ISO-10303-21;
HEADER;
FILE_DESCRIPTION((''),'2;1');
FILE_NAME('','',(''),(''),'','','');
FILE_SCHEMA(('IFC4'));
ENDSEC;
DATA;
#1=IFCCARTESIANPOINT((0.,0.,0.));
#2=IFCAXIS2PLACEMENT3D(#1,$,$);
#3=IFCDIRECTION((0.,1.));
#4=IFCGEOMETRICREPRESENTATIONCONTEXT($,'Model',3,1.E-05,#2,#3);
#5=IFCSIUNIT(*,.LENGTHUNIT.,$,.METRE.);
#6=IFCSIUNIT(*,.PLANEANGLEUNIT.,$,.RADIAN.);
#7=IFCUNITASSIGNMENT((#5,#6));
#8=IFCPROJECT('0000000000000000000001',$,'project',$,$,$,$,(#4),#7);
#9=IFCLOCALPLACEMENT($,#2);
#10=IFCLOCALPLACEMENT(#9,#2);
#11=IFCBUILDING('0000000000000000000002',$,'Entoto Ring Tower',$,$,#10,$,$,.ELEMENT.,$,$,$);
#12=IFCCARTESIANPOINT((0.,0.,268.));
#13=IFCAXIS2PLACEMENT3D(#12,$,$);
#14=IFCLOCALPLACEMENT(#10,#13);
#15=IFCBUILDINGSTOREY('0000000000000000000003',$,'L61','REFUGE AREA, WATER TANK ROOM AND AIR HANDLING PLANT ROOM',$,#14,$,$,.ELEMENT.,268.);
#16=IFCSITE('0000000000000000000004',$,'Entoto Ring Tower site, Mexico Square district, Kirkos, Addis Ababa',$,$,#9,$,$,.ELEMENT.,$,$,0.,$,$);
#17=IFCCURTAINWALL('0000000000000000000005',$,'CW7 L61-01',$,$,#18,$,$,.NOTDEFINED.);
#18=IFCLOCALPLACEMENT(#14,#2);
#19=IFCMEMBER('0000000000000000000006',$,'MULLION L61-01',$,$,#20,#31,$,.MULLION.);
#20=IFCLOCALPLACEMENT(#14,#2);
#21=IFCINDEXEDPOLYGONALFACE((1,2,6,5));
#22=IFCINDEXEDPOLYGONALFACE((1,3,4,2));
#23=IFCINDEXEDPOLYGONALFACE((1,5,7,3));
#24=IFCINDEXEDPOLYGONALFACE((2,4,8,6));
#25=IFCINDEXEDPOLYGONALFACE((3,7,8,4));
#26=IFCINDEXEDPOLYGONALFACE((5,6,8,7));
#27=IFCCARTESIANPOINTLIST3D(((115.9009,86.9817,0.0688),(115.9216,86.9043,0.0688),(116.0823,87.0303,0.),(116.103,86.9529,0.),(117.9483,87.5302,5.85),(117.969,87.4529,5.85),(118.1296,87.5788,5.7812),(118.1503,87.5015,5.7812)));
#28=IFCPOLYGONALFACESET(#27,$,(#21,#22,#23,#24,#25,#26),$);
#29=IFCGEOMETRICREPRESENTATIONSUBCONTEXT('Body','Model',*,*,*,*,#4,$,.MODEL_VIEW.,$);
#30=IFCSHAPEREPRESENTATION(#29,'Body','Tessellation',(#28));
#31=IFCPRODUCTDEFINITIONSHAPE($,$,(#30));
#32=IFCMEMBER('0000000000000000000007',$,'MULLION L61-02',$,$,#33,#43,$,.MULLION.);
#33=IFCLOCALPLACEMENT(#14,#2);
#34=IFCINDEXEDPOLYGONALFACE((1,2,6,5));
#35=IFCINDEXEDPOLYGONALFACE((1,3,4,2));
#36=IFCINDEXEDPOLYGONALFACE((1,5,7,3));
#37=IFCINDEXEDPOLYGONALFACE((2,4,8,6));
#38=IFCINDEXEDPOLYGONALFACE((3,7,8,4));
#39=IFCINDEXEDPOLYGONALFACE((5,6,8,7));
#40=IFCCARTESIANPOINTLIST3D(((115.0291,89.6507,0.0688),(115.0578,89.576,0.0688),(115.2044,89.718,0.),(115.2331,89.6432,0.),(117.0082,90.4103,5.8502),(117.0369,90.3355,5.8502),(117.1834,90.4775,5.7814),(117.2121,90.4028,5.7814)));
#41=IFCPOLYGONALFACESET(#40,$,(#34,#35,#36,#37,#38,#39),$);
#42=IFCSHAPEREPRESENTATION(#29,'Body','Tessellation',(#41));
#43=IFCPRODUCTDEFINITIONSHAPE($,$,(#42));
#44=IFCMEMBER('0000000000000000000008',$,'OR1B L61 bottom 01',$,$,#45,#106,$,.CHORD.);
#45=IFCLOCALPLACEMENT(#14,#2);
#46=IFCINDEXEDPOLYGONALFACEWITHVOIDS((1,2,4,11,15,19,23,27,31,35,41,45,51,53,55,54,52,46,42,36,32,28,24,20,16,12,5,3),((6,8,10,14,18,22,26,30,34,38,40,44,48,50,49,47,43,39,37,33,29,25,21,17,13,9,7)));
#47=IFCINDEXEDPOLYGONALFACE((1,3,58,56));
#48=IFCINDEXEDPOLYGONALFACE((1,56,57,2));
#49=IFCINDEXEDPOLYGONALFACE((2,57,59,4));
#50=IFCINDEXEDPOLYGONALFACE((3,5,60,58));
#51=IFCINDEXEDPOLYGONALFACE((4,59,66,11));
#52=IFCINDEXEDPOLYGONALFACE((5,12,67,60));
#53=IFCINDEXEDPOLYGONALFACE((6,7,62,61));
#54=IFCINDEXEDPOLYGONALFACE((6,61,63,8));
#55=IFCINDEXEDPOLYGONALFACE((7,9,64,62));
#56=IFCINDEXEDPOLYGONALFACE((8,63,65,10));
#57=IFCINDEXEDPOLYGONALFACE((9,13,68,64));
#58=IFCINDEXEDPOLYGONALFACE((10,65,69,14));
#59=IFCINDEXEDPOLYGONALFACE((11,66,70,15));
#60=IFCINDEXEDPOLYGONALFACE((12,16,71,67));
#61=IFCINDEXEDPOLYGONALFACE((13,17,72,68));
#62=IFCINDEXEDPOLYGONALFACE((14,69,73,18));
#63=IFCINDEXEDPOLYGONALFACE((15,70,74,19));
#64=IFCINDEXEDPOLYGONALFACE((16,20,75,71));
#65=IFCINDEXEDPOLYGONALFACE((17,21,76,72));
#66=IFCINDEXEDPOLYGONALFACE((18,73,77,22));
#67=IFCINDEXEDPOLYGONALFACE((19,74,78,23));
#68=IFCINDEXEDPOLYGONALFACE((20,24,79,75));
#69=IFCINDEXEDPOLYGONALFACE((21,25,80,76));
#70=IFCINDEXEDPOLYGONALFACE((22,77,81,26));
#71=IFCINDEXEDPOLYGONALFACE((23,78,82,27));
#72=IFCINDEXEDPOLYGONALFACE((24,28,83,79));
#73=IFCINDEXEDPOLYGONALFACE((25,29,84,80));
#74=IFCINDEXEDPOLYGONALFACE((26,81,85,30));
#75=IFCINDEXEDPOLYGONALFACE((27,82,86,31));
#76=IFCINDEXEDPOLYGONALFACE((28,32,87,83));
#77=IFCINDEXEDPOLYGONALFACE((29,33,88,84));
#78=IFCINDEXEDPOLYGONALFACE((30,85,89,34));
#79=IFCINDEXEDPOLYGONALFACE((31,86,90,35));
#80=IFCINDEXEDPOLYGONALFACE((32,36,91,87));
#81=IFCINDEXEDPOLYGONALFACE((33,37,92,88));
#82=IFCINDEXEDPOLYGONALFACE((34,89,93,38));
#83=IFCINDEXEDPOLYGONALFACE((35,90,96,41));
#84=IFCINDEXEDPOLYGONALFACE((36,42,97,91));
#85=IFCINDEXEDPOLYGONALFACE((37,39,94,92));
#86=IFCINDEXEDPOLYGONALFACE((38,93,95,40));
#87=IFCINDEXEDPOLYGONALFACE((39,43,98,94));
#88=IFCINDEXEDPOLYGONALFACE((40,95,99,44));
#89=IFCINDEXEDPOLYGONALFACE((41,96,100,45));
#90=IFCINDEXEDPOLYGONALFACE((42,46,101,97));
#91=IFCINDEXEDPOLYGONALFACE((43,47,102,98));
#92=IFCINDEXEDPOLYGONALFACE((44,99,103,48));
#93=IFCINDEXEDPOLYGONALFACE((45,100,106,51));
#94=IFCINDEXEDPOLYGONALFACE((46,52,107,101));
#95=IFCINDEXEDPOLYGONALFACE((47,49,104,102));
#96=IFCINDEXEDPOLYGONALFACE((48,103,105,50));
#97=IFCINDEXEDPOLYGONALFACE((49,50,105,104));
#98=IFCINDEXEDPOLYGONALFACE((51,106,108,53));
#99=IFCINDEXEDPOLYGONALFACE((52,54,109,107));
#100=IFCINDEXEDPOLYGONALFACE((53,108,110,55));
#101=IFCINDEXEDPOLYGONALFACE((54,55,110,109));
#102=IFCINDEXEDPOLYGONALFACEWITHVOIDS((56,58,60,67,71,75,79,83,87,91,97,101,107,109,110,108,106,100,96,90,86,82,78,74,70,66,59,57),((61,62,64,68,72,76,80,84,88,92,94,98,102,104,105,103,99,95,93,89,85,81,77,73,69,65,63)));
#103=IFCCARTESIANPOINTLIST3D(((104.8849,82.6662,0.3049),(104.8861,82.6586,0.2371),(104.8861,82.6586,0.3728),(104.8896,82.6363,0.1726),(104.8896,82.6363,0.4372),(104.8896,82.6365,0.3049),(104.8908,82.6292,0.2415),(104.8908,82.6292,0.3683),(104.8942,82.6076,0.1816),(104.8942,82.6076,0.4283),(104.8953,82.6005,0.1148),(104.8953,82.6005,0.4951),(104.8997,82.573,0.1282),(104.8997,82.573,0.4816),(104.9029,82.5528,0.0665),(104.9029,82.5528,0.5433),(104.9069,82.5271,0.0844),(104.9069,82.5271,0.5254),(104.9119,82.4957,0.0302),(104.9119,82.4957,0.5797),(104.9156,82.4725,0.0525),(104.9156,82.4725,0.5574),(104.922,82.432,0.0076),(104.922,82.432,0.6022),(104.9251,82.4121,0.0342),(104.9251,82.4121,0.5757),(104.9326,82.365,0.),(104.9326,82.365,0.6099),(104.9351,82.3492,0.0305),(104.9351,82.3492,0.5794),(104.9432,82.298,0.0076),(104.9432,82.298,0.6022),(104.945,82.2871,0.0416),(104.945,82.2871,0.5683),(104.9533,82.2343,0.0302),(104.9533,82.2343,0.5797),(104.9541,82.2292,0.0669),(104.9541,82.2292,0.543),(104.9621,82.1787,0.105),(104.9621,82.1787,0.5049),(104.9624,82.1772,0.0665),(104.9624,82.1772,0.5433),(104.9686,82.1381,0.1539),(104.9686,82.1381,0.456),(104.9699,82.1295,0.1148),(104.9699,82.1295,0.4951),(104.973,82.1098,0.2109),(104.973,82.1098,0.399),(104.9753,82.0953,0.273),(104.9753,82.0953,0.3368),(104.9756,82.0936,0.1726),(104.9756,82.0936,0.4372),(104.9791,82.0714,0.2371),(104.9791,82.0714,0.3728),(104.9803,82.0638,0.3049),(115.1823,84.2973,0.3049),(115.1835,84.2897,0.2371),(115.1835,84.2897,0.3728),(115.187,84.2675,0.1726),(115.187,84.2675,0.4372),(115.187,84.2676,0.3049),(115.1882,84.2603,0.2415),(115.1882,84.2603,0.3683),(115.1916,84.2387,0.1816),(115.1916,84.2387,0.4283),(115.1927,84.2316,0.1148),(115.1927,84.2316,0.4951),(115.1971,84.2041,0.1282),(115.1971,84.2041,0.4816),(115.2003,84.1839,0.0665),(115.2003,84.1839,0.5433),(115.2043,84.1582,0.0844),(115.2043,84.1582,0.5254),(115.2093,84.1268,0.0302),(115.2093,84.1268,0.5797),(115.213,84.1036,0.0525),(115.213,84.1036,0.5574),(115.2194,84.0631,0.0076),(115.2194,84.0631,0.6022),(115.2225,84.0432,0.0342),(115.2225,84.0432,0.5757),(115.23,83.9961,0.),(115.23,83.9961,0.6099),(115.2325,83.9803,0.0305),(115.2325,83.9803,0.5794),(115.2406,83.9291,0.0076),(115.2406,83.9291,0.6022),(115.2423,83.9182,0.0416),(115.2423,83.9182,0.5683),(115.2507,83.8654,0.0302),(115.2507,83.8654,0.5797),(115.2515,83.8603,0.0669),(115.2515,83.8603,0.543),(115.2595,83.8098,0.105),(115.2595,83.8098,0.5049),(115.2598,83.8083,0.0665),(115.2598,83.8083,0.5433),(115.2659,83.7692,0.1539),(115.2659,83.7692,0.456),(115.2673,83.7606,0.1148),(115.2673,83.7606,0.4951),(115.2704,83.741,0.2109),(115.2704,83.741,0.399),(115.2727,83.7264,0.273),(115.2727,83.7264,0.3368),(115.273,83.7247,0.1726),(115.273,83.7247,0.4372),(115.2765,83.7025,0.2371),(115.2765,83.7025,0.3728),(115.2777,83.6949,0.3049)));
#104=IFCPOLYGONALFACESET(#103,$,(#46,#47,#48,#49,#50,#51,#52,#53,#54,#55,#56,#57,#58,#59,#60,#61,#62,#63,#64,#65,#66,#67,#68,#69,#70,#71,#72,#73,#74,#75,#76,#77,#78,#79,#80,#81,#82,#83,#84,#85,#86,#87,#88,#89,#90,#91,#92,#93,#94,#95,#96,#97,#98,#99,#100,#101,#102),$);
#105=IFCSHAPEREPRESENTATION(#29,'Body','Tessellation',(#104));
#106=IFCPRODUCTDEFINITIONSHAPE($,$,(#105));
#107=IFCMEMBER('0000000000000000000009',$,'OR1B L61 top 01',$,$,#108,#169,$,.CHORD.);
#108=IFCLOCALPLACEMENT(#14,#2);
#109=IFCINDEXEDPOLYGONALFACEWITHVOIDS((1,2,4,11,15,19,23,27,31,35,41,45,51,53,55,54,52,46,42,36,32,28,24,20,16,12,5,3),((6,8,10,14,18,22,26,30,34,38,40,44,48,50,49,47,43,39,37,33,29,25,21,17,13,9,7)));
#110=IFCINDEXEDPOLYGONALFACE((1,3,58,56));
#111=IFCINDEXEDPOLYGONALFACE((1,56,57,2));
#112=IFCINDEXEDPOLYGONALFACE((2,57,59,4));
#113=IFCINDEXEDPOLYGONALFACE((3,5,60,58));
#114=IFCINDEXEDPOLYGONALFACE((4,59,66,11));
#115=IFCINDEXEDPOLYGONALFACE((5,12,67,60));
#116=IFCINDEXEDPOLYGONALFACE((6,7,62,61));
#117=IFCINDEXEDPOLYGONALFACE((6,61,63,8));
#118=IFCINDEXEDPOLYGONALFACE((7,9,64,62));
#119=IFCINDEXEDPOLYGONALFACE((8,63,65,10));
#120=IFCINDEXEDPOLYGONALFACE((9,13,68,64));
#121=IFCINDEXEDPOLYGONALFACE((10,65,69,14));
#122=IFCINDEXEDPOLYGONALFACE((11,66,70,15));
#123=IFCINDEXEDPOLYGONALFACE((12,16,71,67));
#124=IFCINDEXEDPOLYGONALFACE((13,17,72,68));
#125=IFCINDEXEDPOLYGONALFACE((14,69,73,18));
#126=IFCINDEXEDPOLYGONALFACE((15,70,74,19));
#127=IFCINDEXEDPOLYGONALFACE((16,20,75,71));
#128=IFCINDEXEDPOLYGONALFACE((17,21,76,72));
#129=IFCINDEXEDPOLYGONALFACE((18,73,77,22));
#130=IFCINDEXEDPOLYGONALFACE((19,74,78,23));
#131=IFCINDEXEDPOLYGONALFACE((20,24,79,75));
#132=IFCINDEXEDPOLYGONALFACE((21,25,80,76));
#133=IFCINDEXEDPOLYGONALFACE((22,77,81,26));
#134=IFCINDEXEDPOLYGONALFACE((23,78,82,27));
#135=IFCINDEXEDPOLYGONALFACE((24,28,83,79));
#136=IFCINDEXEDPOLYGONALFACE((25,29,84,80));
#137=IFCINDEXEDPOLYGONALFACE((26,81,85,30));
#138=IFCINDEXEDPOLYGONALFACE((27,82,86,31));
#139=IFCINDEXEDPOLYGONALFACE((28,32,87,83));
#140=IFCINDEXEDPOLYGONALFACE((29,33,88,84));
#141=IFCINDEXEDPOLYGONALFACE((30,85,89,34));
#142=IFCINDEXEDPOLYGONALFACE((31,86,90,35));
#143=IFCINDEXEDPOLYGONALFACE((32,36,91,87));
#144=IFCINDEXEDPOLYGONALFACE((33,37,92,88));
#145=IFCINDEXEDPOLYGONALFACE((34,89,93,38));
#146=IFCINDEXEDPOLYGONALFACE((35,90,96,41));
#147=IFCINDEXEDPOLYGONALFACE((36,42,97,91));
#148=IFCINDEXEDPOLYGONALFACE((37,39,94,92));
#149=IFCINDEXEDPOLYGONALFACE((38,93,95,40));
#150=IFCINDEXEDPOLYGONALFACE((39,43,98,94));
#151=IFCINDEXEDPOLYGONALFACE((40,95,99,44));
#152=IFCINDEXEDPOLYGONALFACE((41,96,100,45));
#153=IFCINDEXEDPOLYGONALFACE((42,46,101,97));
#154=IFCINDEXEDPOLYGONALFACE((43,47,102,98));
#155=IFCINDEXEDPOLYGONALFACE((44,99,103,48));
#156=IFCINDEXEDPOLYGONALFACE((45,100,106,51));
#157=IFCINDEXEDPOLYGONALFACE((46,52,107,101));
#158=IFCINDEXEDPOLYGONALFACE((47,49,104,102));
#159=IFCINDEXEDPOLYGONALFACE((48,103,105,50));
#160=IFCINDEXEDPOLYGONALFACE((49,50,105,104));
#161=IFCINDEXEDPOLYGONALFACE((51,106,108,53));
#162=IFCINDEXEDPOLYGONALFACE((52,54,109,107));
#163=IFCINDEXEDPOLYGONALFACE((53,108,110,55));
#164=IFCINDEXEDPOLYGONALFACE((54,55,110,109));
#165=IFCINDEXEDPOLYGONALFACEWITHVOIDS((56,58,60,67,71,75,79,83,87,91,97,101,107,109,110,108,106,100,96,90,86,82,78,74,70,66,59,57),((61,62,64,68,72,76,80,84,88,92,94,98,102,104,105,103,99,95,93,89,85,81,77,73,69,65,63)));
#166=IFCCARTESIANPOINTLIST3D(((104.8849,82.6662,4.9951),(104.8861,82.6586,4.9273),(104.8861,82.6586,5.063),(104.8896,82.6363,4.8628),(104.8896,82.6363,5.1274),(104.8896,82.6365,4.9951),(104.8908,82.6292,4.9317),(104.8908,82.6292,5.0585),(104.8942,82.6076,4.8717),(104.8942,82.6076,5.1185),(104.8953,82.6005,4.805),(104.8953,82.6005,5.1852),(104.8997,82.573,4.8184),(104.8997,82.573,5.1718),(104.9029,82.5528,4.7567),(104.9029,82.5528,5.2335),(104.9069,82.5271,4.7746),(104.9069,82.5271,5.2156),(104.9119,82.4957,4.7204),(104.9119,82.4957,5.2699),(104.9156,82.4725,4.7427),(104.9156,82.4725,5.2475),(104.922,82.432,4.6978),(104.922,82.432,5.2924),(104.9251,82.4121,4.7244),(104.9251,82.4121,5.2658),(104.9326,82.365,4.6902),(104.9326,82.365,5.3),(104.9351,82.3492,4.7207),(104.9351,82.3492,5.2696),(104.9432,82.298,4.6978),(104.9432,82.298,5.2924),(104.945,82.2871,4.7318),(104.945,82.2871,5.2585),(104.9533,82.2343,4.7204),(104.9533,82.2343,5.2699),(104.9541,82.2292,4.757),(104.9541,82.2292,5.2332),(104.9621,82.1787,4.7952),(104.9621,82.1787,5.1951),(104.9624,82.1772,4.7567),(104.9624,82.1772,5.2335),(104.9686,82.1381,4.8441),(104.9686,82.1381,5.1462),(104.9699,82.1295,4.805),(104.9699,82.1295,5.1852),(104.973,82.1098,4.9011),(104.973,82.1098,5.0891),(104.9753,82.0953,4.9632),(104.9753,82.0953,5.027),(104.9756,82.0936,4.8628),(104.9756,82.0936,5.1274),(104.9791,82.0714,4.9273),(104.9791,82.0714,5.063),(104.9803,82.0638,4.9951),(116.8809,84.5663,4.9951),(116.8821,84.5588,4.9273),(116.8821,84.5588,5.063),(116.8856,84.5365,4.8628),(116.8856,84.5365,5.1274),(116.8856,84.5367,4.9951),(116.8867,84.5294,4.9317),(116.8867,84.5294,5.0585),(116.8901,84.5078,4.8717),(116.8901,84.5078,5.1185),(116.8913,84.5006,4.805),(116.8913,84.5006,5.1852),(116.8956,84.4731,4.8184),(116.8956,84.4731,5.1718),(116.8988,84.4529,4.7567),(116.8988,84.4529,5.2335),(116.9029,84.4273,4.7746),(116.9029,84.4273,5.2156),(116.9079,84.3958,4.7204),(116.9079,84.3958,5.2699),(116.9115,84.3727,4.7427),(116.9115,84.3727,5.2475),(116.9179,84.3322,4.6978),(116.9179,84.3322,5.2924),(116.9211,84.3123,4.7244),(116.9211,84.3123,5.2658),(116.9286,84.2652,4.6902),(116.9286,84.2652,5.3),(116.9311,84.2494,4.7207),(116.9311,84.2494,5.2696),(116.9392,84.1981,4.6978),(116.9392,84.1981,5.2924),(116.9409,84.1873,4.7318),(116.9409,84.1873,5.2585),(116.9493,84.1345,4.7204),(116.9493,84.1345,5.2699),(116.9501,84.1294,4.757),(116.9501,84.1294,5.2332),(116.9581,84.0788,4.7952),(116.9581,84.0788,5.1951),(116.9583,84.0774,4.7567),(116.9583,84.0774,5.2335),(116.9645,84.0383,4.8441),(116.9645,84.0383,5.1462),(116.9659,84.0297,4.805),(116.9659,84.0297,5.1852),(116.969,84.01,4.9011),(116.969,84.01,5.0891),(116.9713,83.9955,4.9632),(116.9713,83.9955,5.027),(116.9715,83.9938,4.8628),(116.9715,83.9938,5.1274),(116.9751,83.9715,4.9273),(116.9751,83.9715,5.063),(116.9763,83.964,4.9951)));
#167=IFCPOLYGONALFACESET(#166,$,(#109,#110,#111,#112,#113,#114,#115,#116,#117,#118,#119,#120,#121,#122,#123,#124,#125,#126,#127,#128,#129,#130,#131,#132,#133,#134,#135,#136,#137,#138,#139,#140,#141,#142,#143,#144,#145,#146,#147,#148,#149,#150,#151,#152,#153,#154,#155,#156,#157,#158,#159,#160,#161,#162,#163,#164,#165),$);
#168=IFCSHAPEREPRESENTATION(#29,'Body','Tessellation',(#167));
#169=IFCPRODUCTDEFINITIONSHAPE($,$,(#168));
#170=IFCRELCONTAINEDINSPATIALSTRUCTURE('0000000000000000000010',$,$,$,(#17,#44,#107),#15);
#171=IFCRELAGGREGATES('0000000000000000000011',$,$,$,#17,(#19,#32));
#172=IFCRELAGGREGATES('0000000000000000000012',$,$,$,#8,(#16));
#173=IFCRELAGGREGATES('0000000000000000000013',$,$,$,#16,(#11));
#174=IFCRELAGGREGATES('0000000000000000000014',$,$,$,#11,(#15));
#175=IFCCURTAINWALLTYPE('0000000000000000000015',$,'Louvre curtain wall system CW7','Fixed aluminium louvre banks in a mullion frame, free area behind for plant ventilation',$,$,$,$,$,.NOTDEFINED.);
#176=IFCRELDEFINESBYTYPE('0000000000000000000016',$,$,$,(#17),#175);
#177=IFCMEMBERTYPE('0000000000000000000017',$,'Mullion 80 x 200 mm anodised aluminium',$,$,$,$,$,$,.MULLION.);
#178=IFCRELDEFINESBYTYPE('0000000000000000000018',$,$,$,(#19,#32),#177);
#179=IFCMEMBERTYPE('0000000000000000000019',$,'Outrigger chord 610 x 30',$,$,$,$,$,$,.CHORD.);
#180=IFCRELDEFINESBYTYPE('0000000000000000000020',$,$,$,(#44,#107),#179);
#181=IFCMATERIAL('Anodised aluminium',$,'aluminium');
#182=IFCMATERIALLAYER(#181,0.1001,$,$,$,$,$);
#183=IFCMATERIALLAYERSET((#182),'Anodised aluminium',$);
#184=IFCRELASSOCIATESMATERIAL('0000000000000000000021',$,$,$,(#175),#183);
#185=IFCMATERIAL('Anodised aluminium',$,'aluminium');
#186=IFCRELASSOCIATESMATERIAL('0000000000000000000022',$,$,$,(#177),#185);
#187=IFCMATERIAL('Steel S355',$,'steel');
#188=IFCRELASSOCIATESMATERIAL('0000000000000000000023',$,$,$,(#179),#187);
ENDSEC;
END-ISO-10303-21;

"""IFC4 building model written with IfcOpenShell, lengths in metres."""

from ifc_helpers import new_model, si_unit, direction, frame, origin, origin_2d, place, context, subcontext, project, spatial, rectangle, circle, hollow_circle, extrude, material, layer, layer_set, material_profile, profile_set, type_object, element, aggregate, save


model = new_model("IFC4")

# Units and contexts
model_context = context("Model", 3, precision=1e-05, world=origin(), true_north=direction((0.0, 1.0)))
body_context = subcontext(model_context, "Body", "Model", "MODEL_VIEW")
ifc_project = project(units=[si_unit("LENGTHUNIT", "METRE"), si_unit("PLANEANGLEUNIT", "RADIAN")], contexts=[model_context])

# Site, building, storey
site_placement = place(None, origin())
site = spatial("IfcSite", under=ifc_project, at=site_placement, Name="Entoto Ring Tower site, Mexico Square district, Kirkos, Addis Ababa", CompositionType="ELEMENT", RefElevation=0.0)
building_placement = place(site_placement, origin())
building = spatial("IfcBuilding", under=site, at=building_placement, Name="Entoto Ring Tower", CompositionType="ELEMENT")
storey_placement = place(building_placement, frame((0.0, 0.0, 268.0)))
storey = spatial("IfcBuildingStorey", under=building, at=storey_placement, Name="L61", Description="REFUGE AREA, WATER TANK ROOM AND AIR HANDLING PLANT ROOM", CompositionType="ELEMENT", Elevation=268.0)

# Curtain wall, members
ifc_material_1 = material(Name="Anodised aluminium", Category="aluminium")
ifc_layer_1 = layer(ifc_material_1, 0.1001)
ifc_layer_set_1 = layer_set([ifc_layer_1], Name="Anodised aluminium")
curtain_wall_type = type_object("IfcCurtainWallType", Name="Louvre curtain wall system CW7", Description="Fixed aluminium louvre banks in a mullion frame, free area behind for plant ventilation", PredefinedType="NOTDEFINED", material=ifc_layer_set_1)
curtain_wall_placement = place(storey_placement, origin())
curtain_wall = element("IfcCurtainWall", 1, at=curtain_wall_placement, inside=storey, type_object=curtain_wall_type, Name="CW7 L61-01", PredefinedType="NOTDEFINED")
ifc_material_2 = material(Name="Anodised aluminium", Category="aluminium")
ifc_material_profile_1 = material_profile(ifc_material_2, rectangle(XDim=0.0801, YDim=0.2, at=origin_2d()), Name="Mullion 80 x 200 mm anodised aluminium")
ifc_profile_set_1 = profile_set([ifc_material_profile_1], Name="Anodised aluminium")
member_type_1 = type_object("IfcMemberType", Name="Mullion 80 x 200 mm anodised aluminium", PredefinedType="MULLION", material=ifc_profile_set_1)
member_1_placement = place(storey_placement, frame((116.002, 86.9673, 0.0344), z_axis=(0.332496, 0.089091, 0.938887), x_axis=(-0.258817, 0.965926, 0.0)))
member_1 = element("IfcMember", 2, at=member_1_placement, type_object=member_type_1, Name="MULLION L61-01", PredefinedType="MULLION", context=body_context, shape_type="SweptSolid", body=[
    extrude(rectangle(XDim=0.0801, YDim=0.2, at=origin_2d()), origin(), (0.0, 0.0, 1.0), 6.1575),
])
member_2_placement = place(storey_placement, frame((115.1311, 89.647, 0.0344), z_axis=(0.321391, 0.123347, 0.938879), x_axis=(-0.358308, 0.933604, 0.0)))
member_2 = element("IfcMember", 3, at=member_2_placement, type_object=member_type_1, Name="MULLION L61-02", PredefinedType="MULLION", context=body_context, shape_type="SweptSolid", body=[
    extrude(rectangle(XDim=0.0801, YDim=0.2, at=origin_2d()), origin(), (0.0, 0.0, 1.0), 6.1577),
])
aggregate(curtain_wall, [member_1, member_2])

# Members
ifc_material_3 = material(Name="Steel S355", Category="steel")
ifc_material_profile_2 = material_profile(ifc_material_3, hollow_circle(Radius=0.3049, WallThickness=0.03, at=origin_2d()), Name="CHS 610 x 30")
ifc_material_4 = material(Name="Concrete C60/75", Category="concrete")
ifc_material_profile_3 = material_profile(ifc_material_4, circle(Radius=0.2749, at=origin_2d()), Name="Concrete C60/75 infill")
ifc_profile_set_2 = profile_set([ifc_material_profile_2, ifc_material_profile_3], Name="Steel S355")
member_type_2 = type_object("IfcMemberType", Name="Outrigger chord 610 x 30", PredefinedType="CHORD", material=ifc_profile_set_2)
member_3_placement = place(storey_placement, frame((104.9326, 82.365, 0.3049), z_axis=(0.987686, 0.15645, 0.0), x_axis=(-0.15645, 0.987686, 0.0)))
element("IfcMember", 4, at=member_3_placement, inside=storey, type_object=member_type_2, Name="OR1B L61 bottom 01", PredefinedType="CHORD", context=body_context, shape_type="SweptSolid", body=[
    extrude(hollow_circle(Radius=0.3049, WallThickness=0.03, at=origin_2d()), origin(), (0.0, 0.0, 1.0), 10.4258),
])
member_4_placement = place(storey_placement, frame((104.9326, 82.365, 4.9951), z_axis=(0.987686, 0.15645, 0.0), x_axis=(-0.15645, 0.987686, 0.0)))
element("IfcMember", 5, at=member_4_placement, inside=storey, type_object=member_type_2, Name="OR1B L61 top 01", PredefinedType="CHORD", context=body_context, shape_type="SweptSolid", body=[
    extrude(hollow_circle(Radius=0.3049, WallThickness=0.03, at=origin_2d()), origin(), (0.0, 0.0, 1.0), 12.1455),
])

save(model, "model.ifc")
